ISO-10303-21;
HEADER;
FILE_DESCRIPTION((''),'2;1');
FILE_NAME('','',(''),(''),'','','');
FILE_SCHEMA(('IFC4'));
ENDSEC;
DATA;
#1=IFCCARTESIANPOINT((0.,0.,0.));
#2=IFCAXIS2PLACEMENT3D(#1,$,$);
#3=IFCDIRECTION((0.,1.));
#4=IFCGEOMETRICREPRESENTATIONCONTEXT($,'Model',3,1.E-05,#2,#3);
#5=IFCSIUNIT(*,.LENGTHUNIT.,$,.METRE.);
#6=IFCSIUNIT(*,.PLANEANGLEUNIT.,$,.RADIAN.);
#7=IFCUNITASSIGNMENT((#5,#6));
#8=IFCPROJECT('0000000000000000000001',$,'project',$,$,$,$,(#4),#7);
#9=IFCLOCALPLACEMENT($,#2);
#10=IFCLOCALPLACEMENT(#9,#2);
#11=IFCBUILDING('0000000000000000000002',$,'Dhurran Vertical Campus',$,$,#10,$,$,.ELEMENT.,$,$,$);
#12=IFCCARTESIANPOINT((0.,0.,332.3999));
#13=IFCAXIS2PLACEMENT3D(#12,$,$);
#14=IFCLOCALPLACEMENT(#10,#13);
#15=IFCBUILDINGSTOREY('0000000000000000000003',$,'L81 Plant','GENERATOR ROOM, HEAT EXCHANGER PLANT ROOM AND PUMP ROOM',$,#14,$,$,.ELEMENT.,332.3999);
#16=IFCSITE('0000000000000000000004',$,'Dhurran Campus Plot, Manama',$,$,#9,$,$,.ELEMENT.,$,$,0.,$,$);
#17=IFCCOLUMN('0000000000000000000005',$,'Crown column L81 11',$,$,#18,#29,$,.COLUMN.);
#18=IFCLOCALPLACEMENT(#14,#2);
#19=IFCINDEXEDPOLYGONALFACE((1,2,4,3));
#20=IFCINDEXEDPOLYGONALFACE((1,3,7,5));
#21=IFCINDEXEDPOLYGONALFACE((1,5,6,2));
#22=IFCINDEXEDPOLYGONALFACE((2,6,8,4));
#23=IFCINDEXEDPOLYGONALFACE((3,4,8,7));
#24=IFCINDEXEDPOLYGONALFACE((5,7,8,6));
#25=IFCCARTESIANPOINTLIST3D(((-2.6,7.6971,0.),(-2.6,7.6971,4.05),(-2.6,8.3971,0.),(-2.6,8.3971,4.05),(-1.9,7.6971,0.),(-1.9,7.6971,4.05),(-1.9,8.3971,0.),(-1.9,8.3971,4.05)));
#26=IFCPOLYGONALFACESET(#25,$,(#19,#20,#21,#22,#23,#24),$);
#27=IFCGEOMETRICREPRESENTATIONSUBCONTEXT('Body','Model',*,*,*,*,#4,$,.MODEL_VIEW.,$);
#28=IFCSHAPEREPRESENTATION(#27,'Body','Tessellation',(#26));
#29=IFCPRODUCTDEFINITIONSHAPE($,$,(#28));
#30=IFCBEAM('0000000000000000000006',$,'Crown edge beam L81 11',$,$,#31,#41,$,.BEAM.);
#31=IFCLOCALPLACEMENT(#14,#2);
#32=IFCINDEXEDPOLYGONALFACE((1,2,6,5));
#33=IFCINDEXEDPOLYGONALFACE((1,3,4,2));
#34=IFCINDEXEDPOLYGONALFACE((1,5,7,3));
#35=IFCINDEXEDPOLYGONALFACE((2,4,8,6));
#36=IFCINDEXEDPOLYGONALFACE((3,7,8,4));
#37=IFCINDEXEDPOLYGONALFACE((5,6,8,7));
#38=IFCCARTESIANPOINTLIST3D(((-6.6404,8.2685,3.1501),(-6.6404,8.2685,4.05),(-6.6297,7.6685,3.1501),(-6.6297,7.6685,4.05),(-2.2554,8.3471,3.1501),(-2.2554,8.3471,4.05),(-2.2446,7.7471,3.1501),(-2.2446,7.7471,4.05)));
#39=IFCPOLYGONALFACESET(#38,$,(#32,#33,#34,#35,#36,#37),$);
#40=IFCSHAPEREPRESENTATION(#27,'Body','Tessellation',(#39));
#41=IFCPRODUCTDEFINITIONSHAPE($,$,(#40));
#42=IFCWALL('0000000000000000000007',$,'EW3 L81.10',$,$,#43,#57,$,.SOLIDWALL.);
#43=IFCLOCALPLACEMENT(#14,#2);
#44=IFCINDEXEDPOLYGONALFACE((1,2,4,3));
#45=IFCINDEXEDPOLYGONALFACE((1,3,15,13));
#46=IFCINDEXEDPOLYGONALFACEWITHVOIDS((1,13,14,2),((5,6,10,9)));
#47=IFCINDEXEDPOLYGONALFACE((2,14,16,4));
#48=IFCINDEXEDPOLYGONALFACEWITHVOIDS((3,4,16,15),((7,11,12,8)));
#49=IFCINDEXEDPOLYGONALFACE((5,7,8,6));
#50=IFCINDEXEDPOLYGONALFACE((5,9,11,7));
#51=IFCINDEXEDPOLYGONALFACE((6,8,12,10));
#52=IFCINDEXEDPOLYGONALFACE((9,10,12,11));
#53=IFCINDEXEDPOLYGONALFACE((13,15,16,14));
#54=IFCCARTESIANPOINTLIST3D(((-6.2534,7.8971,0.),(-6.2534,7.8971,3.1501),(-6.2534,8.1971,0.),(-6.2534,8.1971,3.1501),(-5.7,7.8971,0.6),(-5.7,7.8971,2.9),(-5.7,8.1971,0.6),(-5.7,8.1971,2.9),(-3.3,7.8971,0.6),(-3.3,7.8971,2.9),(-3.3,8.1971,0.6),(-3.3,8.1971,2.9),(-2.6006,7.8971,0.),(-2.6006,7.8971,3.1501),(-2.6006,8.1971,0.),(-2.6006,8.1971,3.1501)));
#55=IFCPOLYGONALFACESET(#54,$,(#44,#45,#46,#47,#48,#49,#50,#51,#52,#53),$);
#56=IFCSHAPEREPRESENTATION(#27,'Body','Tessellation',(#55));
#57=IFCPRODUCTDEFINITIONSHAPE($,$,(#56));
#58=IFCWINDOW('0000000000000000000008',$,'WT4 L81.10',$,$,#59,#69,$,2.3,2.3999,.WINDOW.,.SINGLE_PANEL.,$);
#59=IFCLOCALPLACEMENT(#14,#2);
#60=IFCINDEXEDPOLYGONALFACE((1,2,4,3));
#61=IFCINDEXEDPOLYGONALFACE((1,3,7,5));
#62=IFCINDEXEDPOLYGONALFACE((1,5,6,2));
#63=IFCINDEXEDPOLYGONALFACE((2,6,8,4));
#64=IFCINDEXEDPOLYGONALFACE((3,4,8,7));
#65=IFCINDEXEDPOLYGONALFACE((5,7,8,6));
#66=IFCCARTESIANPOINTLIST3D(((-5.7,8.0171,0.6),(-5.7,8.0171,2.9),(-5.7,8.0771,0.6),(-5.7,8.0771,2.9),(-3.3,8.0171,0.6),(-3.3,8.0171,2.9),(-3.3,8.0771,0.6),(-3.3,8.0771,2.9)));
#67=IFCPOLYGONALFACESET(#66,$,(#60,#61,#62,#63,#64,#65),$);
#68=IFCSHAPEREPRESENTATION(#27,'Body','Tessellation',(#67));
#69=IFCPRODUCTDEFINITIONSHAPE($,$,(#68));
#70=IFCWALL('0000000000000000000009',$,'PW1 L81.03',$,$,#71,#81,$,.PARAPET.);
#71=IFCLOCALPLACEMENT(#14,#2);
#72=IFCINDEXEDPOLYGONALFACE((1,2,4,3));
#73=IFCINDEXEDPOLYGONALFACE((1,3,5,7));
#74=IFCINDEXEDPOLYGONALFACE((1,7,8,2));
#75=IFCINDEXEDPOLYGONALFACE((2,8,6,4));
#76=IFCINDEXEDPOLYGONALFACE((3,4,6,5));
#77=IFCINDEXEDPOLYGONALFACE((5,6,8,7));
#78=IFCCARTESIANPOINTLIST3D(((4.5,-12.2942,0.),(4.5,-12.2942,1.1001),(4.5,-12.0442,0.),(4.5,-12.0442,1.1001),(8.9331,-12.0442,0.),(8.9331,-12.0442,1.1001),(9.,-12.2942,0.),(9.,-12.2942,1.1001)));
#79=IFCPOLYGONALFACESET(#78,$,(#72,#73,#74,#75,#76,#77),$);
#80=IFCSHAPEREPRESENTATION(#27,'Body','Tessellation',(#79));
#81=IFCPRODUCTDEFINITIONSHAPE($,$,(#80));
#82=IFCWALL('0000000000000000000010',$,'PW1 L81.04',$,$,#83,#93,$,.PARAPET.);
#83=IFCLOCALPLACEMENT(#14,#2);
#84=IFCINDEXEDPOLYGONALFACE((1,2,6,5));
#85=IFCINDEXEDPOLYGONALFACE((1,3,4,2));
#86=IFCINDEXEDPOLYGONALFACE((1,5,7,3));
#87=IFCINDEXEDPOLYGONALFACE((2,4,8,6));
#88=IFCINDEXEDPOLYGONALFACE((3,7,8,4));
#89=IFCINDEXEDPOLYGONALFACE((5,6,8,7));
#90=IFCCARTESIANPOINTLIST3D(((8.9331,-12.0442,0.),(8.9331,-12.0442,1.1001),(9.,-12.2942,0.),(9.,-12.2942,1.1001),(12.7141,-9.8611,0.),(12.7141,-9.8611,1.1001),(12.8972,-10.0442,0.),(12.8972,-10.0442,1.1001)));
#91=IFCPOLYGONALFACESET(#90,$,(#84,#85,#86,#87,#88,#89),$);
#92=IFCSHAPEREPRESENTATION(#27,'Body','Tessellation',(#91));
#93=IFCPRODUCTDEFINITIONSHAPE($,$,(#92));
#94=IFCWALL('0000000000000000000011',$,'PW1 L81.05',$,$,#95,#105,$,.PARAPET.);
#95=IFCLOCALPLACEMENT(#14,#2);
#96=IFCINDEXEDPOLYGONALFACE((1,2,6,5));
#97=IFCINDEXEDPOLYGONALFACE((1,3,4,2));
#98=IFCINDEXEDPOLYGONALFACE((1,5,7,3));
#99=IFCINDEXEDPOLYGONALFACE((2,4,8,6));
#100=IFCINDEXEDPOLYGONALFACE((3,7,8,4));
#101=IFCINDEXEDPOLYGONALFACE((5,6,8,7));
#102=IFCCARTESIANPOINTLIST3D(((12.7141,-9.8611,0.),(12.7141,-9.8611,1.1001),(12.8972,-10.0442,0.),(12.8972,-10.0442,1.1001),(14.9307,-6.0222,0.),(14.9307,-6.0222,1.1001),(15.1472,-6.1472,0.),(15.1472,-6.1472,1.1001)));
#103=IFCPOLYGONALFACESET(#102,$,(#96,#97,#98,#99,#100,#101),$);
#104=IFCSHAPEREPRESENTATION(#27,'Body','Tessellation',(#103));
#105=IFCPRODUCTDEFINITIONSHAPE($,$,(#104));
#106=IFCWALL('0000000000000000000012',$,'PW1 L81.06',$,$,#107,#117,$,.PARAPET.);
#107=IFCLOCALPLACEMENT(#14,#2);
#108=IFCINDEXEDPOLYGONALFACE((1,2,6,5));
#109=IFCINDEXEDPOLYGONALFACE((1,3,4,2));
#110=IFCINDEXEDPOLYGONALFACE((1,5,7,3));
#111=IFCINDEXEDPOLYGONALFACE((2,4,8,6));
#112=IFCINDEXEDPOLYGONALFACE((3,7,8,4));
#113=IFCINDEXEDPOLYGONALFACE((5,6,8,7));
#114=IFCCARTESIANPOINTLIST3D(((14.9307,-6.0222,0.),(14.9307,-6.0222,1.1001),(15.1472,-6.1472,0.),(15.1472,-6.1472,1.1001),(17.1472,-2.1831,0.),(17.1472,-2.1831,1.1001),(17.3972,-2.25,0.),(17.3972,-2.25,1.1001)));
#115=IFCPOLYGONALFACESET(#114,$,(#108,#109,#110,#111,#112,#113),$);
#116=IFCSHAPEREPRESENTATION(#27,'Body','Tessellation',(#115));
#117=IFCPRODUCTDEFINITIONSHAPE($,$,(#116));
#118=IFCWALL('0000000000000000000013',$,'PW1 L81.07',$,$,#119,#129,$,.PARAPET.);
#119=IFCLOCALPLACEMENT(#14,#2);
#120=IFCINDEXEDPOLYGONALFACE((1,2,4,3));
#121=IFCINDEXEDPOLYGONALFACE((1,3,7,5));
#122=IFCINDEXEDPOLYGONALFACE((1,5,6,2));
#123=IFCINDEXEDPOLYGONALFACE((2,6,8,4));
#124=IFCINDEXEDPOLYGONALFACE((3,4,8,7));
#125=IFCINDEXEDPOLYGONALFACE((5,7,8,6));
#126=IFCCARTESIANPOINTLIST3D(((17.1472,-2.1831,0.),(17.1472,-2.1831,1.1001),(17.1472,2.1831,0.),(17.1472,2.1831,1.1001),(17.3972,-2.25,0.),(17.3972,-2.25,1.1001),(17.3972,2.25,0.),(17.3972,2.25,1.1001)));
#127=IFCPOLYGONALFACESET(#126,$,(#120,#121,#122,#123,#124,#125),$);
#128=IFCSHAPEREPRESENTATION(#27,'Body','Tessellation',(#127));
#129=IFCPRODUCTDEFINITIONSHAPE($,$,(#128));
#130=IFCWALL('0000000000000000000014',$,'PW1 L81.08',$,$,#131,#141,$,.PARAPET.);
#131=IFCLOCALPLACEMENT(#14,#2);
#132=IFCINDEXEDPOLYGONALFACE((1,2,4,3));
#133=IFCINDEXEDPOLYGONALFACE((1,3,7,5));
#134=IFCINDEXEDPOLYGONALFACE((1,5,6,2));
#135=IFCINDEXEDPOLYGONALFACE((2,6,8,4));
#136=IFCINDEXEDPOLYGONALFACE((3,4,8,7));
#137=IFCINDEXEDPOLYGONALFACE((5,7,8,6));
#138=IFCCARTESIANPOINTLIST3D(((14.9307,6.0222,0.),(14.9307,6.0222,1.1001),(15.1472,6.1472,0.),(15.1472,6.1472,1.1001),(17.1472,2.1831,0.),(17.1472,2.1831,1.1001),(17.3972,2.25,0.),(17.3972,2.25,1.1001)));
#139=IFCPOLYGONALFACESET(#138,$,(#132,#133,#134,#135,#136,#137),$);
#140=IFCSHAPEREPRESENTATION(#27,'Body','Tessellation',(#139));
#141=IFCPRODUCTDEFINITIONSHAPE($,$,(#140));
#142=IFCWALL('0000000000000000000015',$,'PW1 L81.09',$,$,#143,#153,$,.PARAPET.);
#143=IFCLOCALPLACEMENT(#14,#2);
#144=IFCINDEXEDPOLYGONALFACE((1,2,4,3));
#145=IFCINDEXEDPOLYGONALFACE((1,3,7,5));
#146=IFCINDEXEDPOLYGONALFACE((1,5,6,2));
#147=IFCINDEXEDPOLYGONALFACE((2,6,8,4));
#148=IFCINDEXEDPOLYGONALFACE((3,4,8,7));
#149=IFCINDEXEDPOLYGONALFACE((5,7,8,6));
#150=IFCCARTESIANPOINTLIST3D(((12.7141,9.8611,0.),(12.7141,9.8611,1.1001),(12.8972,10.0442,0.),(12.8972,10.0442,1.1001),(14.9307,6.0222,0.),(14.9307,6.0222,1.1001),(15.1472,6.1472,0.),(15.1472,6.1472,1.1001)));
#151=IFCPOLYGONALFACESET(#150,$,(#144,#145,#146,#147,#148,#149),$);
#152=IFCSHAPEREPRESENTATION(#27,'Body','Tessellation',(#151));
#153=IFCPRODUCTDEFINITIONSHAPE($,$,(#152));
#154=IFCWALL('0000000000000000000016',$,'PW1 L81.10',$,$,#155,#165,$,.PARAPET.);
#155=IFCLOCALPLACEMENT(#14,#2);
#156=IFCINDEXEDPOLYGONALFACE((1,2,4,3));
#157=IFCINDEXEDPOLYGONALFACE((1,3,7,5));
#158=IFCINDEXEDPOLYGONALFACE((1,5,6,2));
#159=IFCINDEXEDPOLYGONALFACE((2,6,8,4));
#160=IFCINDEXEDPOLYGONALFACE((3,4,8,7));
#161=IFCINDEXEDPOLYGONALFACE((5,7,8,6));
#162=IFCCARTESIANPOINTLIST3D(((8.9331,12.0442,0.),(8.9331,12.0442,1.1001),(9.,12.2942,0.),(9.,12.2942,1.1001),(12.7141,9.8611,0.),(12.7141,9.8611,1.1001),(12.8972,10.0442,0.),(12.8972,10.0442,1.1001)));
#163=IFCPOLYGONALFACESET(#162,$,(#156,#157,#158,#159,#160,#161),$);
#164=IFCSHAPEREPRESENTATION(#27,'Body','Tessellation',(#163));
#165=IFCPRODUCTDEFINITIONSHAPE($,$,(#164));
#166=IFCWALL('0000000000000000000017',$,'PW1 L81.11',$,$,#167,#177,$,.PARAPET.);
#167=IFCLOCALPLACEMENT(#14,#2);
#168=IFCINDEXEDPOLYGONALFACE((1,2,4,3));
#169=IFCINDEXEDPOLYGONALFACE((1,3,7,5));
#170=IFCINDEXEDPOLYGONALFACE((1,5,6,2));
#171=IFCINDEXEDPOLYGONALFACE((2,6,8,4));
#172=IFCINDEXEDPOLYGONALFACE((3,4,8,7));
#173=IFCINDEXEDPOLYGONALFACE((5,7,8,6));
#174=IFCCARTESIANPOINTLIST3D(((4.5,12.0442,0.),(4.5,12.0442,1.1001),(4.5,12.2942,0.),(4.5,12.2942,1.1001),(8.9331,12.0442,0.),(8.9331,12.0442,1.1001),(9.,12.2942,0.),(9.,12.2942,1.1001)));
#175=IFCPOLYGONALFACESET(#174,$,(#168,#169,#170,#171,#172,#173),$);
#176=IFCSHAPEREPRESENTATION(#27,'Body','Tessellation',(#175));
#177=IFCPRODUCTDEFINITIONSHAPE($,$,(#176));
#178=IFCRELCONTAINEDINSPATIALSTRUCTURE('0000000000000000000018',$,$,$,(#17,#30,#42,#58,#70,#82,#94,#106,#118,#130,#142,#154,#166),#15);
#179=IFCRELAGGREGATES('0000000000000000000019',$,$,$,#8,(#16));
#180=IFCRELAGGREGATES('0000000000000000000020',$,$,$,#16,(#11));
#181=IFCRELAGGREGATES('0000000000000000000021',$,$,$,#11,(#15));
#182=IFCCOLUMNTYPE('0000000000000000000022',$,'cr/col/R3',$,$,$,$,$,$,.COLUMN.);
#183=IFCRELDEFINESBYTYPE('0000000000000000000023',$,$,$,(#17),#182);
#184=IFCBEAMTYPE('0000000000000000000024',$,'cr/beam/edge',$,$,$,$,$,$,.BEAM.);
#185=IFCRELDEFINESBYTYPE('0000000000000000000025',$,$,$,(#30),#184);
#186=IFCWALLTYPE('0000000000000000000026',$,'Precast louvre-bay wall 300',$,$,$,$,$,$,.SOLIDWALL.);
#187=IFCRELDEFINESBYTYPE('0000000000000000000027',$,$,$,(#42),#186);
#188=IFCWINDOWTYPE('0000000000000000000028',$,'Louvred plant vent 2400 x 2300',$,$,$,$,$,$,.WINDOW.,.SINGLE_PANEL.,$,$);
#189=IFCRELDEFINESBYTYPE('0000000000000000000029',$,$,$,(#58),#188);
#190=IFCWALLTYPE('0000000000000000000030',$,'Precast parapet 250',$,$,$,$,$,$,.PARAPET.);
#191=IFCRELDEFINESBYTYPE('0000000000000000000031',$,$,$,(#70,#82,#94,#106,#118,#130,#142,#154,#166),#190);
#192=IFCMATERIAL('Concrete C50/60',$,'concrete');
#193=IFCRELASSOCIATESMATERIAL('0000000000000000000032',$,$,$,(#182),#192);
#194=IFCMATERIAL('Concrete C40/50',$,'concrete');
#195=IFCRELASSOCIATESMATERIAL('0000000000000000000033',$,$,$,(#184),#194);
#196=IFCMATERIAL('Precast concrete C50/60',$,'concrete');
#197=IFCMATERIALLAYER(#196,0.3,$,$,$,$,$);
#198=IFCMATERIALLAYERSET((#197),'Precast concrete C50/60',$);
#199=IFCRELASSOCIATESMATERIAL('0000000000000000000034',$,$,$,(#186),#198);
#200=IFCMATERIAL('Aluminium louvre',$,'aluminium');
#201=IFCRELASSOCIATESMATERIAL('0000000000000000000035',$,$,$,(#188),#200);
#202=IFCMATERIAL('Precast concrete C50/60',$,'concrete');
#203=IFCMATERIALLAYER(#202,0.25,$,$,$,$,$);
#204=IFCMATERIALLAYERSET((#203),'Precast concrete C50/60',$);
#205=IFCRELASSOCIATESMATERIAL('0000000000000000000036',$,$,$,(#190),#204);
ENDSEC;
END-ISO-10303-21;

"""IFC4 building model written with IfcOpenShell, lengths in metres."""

from ifc_helpers import new_model, si_unit, direction, frame, frame_2d, origin, origin_2d, place, context, subcontext, project, spatial, polyline, rectangle, outline, extrude, material, layer, layer_set, material_profile, profile_set, type_object, element, fill, save


model = new_model("IFC4")

# Units and contexts
model_context = context("Model", 3, precision=1e-05, world=origin(), true_north=direction((0.0, 1.0)))
body_context = subcontext(model_context, "Body", "Model", "MODEL_VIEW")
ifc_project = project(units=[si_unit("LENGTHUNIT", "METRE"), si_unit("PLANEANGLEUNIT", "RADIAN")], contexts=[model_context])

# Site, building, storey
site_placement = place(None, origin())
site = spatial("IfcSite", under=ifc_project, at=site_placement, Name="Dhurran Campus Plot, Manama", CompositionType="ELEMENT", RefElevation=0.0)
building_placement = place(site_placement, origin())
building = spatial("IfcBuilding", under=site, at=building_placement, Name="Dhurran Vertical Campus", CompositionType="ELEMENT")
storey_placement = place(building_placement, frame((0.0, 0.0, 332.3999)))
storey = spatial("IfcBuildingStorey", under=building, at=storey_placement, Name="L81 Plant", Description="GENERATOR ROOM, HEAT EXCHANGER PLANT ROOM AND PUMP ROOM", CompositionType="ELEMENT", Elevation=332.3999)

# Column
ifc_material_1 = material(Name="Concrete C50/60", Category="concrete")
ifc_material_profile_1 = material_profile(ifc_material_1, rectangle(XDim=0.7, YDim=0.7, at=origin_2d()), Name="cr/col/R3")
ifc_profile_set_1 = profile_set([ifc_material_profile_1], Name="Concrete C50/60")
column_type = type_object("IfcColumnType", Name="cr/col/R3", PredefinedType="COLUMN", material=ifc_profile_set_1)
column_placement = place(storey_placement, frame((-2.25, 8.0471, 0.0), z_axis=(0.0, 0.0, 1.0), x_axis=(-1.0, 0.0, 0.0)))
element("IfcColumn", 1, at=column_placement, inside=storey, type_object=column_type, Name="Crown column L81 11", PredefinedType="COLUMN", context=body_context, shape_type="SweptSolid", body=[
    extrude(rectangle(XDim=0.7, YDim=0.7, at=origin_2d()), origin(), (0.0, 0.0, 1.0), 4.05),
])

# Beam
ifc_material_2 = material(Name="Concrete C40/50", Category="concrete")
ifc_material_profile_2 = material_profile(ifc_material_2, rectangle(XDim=0.6001, YDim=0.8999, at=origin_2d()), Name="cr/beam/edge")
ifc_profile_set_2 = profile_set([ifc_material_profile_2], Name="Concrete C40/50")
beam_type = type_object("IfcBeamType", Name="cr/beam/edge", PredefinedType="BEAM", material=ifc_profile_set_2)
beam_placement = place(storey_placement, frame((-2.25, 8.0471, 3.6001), z_axis=(-0.999839, -0.017925, 0.0), x_axis=(0.017925, -0.999839, 0.0)))
element("IfcBeam", 2, at=beam_placement, inside=storey, type_object=beam_type, Name="Crown edge beam L81 11", PredefinedType="BEAM", context=body_context, shape_type="SweptSolid", body=[
    extrude(rectangle(XDim=0.6001, YDim=0.8999, at=origin_2d()), origin(), (0.0, 0.0, 1.0), 4.3857),
])

# Wall, opening, window
ifc_material_3 = material(Name="Precast concrete C50/60", Category="concrete")
ifc_layer_1 = layer(ifc_material_3, 0.3)
ifc_layer_set_1 = layer_set([ifc_layer_1], Name="Precast concrete C50/60")
wall_type_1 = type_object("IfcWallType", Name="Precast louvre-bay wall 300", PredefinedType="SOLIDWALL", material=ifc_layer_set_1)
wall_1_placement = place(storey_placement, frame((-2.6006, 8.0471, 0.0), z_axis=(0.0, 0.0, 1.0), x_axis=(-1.0, 0.0, 0.0)))
wall_1 = element("IfcWall", 3, at=wall_1_placement, inside=storey, type_object=wall_type_1, Name="EW3 L81.10", PredefinedType="SOLIDWALL", context=body_context, shape_type="SweptSolid", body=[
    extrude(rectangle(XDim=3.6528, YDim=0.3, at=frame_2d((1.8264, 0.0))), origin(), (0.0, 0.0, 1.0), 3.1501),
])
opening_1_placement = place(wall_1_placement, frame((0.6995, 0.0, 0.6001)))
opening_1 = element("IfcOpeningElement", 4, at=opening_1_placement, cuts=wall_1, PredefinedType="OPENING", context=body_context, shape_type="SweptSolid", body=[
    extrude(rectangle(XDim=2.3999, YDim=2.3, at=frame_2d((1.2, 1.1499))), frame((0.0, 0.1599, 0.0), z_axis=(0.0, -1.0, 0.0), x_axis=(1.0, 0.0, 0.0)), (0.0, 0.0, 1.0), 0.3201),
])
ifc_material_4 = material(Name="Aluminium louvre", Category="aluminium")
window_type = type_object("IfcWindowType", Name="Louvred plant vent 2400 x 2300", PartitioningType="SINGLE_PANEL", PredefinedType="WINDOW", material=ifc_material_4)
window_placement = place(opening_1_placement, origin())
window = element("IfcWindow", 5, at=window_placement, inside=storey, type_object=window_type, Name="WT4 L81.10", OverallHeight=2.3, OverallWidth=2.3999, PartitioningType="SINGLE_PANEL", PredefinedType="WINDOW", context=body_context, shape_type="SweptSolid", body=[
    extrude(rectangle(XDim=2.3999, YDim=2.3, at=frame_2d((1.2, 1.1499))), frame((0.0, 0.03, 0.0), z_axis=(0.0, -1.0, 0.0), x_axis=(1.0, 0.0, 0.0)), (0.0, 0.0, 1.0), 0.0601),
])
fill(opening_1, window)

# Walls
ifc_material_5 = material(Name="Precast concrete C50/60", Category="concrete")
ifc_layer_2 = layer(ifc_material_5, 0.25)
ifc_layer_set_2 = layer_set([ifc_layer_2], Name="Precast concrete C50/60")
wall_type_2 = type_object("IfcWallType", Name="Precast parapet 250", PredefinedType="PARAPET", material=ifc_layer_set_2)
wall_2_placement = place(storey_placement, origin())
element("IfcWall", 6, at=wall_2_placement, inside=storey, type_object=wall_type_2, Name="PW1 L81.03", PredefinedType="PARAPET", context=body_context, shape_type="SweptSolid", body=[
    extrude(outline(polyline([(4.5, -12.2942), (9.0, -12.2942), (8.9331, -12.0442), (4.5, -12.0442), (4.5, -12.2942)])), origin(), (0.0, 0.0, 1.0), 1.1001),
])
wall_3_placement = place(storey_placement, origin())
element("IfcWall", 7, at=wall_3_placement, inside=storey, type_object=wall_type_2, Name="PW1 L81.04", PredefinedType="PARAPET", context=body_context, shape_type="SweptSolid", body=[
    extrude(outline(polyline([(9.0, -12.2942), (12.8972, -10.0442), (12.7141, -9.8611), (8.9331, -12.0442), (9.0, -12.2942)])), origin(), (0.0, 0.0, 1.0), 1.1001),
])
wall_4_placement = place(storey_placement, origin())
element("IfcWall", 8, at=wall_4_placement, inside=storey, type_object=wall_type_2, Name="PW1 L81.05", PredefinedType="PARAPET", context=body_context, shape_type="SweptSolid", body=[
    extrude(outline(polyline([(12.8972, -10.0442), (15.1472, -6.1472), (14.9307, -6.0222), (12.7141, -9.8611), (12.8972, -10.0442)])), origin(), (0.0, 0.0, 1.0), 1.1001),
])
wall_5_placement = place(storey_placement, origin())
element("IfcWall", 9, at=wall_5_placement, inside=storey, type_object=wall_type_2, Name="PW1 L81.06", PredefinedType="PARAPET", context=body_context, shape_type="SweptSolid", body=[
    extrude(outline(polyline([(15.1472, -6.1472), (17.3972, -2.25), (17.1472, -2.1831), (14.9307, -6.0222), (15.1472, -6.1472)])), origin(), (0.0, 0.0, 1.0), 1.1001),
])
wall_6_placement = place(storey_placement, origin())
element("IfcWall", 10, at=wall_6_placement, inside=storey, type_object=wall_type_2, Name="PW1 L81.07", PredefinedType="PARAPET", context=body_context, shape_type="SweptSolid", body=[
    extrude(outline(polyline([(17.3972, -2.25), (17.3972, 2.25), (17.1472, 2.1831), (17.1472, -2.1831), (17.3972, -2.25)])), origin(), (0.0, 0.0, 1.0), 1.1001),
])
wall_7_placement = place(storey_placement, origin())
element("IfcWall", 11, at=wall_7_placement, inside=storey, type_object=wall_type_2, Name="PW1 L81.08", PredefinedType="PARAPET", context=body_context, shape_type="SweptSolid", body=[
    extrude(outline(polyline([(17.3972, 2.25), (15.1472, 6.1472), (14.9307, 6.0222), (17.1472, 2.1831), (17.3972, 2.25)])), origin(), (0.0, 0.0, 1.0), 1.1001),
])
wall_8_placement = place(storey_placement, origin())
element("IfcWall", 12, at=wall_8_placement, inside=storey, type_object=wall_type_2, Name="PW1 L81.09", PredefinedType="PARAPET", context=body_context, shape_type="SweptSolid", body=[
    extrude(outline(polyline([(15.1472, 6.1472), (12.8972, 10.0442), (12.7141, 9.8611), (14.9307, 6.0222), (15.1472, 6.1472)])), origin(), (0.0, 0.0, 1.0), 1.1001),
])
wall_9_placement = place(storey_placement, origin())
element("IfcWall", 13, at=wall_9_placement, inside=storey, type_object=wall_type_2, Name="PW1 L81.10", PredefinedType="PARAPET", context=body_context, shape_type="SweptSolid", body=[
    extrude(outline(polyline([(12.8972, 10.0442), (9.0, 12.2942), (8.9331, 12.0442), (12.7141, 9.8611), (12.8972, 10.0442)])), origin(), (0.0, 0.0, 1.0), 1.1001),
])
wall_10_placement = place(storey_placement, origin())
element("IfcWall", 14, at=wall_10_placement, inside=storey, type_object=wall_type_2, Name="PW1 L81.11", PredefinedType="PARAPET", context=body_context, shape_type="SweptSolid", body=[
    extrude(outline(polyline([(9.0, 12.2942), (4.5, 12.2942), (4.5, 12.0442), (8.9331, 12.0442), (9.0, 12.2942)])), origin(), (0.0, 0.0, 1.0), 1.1001),
])

save(model, "model.ifc")
